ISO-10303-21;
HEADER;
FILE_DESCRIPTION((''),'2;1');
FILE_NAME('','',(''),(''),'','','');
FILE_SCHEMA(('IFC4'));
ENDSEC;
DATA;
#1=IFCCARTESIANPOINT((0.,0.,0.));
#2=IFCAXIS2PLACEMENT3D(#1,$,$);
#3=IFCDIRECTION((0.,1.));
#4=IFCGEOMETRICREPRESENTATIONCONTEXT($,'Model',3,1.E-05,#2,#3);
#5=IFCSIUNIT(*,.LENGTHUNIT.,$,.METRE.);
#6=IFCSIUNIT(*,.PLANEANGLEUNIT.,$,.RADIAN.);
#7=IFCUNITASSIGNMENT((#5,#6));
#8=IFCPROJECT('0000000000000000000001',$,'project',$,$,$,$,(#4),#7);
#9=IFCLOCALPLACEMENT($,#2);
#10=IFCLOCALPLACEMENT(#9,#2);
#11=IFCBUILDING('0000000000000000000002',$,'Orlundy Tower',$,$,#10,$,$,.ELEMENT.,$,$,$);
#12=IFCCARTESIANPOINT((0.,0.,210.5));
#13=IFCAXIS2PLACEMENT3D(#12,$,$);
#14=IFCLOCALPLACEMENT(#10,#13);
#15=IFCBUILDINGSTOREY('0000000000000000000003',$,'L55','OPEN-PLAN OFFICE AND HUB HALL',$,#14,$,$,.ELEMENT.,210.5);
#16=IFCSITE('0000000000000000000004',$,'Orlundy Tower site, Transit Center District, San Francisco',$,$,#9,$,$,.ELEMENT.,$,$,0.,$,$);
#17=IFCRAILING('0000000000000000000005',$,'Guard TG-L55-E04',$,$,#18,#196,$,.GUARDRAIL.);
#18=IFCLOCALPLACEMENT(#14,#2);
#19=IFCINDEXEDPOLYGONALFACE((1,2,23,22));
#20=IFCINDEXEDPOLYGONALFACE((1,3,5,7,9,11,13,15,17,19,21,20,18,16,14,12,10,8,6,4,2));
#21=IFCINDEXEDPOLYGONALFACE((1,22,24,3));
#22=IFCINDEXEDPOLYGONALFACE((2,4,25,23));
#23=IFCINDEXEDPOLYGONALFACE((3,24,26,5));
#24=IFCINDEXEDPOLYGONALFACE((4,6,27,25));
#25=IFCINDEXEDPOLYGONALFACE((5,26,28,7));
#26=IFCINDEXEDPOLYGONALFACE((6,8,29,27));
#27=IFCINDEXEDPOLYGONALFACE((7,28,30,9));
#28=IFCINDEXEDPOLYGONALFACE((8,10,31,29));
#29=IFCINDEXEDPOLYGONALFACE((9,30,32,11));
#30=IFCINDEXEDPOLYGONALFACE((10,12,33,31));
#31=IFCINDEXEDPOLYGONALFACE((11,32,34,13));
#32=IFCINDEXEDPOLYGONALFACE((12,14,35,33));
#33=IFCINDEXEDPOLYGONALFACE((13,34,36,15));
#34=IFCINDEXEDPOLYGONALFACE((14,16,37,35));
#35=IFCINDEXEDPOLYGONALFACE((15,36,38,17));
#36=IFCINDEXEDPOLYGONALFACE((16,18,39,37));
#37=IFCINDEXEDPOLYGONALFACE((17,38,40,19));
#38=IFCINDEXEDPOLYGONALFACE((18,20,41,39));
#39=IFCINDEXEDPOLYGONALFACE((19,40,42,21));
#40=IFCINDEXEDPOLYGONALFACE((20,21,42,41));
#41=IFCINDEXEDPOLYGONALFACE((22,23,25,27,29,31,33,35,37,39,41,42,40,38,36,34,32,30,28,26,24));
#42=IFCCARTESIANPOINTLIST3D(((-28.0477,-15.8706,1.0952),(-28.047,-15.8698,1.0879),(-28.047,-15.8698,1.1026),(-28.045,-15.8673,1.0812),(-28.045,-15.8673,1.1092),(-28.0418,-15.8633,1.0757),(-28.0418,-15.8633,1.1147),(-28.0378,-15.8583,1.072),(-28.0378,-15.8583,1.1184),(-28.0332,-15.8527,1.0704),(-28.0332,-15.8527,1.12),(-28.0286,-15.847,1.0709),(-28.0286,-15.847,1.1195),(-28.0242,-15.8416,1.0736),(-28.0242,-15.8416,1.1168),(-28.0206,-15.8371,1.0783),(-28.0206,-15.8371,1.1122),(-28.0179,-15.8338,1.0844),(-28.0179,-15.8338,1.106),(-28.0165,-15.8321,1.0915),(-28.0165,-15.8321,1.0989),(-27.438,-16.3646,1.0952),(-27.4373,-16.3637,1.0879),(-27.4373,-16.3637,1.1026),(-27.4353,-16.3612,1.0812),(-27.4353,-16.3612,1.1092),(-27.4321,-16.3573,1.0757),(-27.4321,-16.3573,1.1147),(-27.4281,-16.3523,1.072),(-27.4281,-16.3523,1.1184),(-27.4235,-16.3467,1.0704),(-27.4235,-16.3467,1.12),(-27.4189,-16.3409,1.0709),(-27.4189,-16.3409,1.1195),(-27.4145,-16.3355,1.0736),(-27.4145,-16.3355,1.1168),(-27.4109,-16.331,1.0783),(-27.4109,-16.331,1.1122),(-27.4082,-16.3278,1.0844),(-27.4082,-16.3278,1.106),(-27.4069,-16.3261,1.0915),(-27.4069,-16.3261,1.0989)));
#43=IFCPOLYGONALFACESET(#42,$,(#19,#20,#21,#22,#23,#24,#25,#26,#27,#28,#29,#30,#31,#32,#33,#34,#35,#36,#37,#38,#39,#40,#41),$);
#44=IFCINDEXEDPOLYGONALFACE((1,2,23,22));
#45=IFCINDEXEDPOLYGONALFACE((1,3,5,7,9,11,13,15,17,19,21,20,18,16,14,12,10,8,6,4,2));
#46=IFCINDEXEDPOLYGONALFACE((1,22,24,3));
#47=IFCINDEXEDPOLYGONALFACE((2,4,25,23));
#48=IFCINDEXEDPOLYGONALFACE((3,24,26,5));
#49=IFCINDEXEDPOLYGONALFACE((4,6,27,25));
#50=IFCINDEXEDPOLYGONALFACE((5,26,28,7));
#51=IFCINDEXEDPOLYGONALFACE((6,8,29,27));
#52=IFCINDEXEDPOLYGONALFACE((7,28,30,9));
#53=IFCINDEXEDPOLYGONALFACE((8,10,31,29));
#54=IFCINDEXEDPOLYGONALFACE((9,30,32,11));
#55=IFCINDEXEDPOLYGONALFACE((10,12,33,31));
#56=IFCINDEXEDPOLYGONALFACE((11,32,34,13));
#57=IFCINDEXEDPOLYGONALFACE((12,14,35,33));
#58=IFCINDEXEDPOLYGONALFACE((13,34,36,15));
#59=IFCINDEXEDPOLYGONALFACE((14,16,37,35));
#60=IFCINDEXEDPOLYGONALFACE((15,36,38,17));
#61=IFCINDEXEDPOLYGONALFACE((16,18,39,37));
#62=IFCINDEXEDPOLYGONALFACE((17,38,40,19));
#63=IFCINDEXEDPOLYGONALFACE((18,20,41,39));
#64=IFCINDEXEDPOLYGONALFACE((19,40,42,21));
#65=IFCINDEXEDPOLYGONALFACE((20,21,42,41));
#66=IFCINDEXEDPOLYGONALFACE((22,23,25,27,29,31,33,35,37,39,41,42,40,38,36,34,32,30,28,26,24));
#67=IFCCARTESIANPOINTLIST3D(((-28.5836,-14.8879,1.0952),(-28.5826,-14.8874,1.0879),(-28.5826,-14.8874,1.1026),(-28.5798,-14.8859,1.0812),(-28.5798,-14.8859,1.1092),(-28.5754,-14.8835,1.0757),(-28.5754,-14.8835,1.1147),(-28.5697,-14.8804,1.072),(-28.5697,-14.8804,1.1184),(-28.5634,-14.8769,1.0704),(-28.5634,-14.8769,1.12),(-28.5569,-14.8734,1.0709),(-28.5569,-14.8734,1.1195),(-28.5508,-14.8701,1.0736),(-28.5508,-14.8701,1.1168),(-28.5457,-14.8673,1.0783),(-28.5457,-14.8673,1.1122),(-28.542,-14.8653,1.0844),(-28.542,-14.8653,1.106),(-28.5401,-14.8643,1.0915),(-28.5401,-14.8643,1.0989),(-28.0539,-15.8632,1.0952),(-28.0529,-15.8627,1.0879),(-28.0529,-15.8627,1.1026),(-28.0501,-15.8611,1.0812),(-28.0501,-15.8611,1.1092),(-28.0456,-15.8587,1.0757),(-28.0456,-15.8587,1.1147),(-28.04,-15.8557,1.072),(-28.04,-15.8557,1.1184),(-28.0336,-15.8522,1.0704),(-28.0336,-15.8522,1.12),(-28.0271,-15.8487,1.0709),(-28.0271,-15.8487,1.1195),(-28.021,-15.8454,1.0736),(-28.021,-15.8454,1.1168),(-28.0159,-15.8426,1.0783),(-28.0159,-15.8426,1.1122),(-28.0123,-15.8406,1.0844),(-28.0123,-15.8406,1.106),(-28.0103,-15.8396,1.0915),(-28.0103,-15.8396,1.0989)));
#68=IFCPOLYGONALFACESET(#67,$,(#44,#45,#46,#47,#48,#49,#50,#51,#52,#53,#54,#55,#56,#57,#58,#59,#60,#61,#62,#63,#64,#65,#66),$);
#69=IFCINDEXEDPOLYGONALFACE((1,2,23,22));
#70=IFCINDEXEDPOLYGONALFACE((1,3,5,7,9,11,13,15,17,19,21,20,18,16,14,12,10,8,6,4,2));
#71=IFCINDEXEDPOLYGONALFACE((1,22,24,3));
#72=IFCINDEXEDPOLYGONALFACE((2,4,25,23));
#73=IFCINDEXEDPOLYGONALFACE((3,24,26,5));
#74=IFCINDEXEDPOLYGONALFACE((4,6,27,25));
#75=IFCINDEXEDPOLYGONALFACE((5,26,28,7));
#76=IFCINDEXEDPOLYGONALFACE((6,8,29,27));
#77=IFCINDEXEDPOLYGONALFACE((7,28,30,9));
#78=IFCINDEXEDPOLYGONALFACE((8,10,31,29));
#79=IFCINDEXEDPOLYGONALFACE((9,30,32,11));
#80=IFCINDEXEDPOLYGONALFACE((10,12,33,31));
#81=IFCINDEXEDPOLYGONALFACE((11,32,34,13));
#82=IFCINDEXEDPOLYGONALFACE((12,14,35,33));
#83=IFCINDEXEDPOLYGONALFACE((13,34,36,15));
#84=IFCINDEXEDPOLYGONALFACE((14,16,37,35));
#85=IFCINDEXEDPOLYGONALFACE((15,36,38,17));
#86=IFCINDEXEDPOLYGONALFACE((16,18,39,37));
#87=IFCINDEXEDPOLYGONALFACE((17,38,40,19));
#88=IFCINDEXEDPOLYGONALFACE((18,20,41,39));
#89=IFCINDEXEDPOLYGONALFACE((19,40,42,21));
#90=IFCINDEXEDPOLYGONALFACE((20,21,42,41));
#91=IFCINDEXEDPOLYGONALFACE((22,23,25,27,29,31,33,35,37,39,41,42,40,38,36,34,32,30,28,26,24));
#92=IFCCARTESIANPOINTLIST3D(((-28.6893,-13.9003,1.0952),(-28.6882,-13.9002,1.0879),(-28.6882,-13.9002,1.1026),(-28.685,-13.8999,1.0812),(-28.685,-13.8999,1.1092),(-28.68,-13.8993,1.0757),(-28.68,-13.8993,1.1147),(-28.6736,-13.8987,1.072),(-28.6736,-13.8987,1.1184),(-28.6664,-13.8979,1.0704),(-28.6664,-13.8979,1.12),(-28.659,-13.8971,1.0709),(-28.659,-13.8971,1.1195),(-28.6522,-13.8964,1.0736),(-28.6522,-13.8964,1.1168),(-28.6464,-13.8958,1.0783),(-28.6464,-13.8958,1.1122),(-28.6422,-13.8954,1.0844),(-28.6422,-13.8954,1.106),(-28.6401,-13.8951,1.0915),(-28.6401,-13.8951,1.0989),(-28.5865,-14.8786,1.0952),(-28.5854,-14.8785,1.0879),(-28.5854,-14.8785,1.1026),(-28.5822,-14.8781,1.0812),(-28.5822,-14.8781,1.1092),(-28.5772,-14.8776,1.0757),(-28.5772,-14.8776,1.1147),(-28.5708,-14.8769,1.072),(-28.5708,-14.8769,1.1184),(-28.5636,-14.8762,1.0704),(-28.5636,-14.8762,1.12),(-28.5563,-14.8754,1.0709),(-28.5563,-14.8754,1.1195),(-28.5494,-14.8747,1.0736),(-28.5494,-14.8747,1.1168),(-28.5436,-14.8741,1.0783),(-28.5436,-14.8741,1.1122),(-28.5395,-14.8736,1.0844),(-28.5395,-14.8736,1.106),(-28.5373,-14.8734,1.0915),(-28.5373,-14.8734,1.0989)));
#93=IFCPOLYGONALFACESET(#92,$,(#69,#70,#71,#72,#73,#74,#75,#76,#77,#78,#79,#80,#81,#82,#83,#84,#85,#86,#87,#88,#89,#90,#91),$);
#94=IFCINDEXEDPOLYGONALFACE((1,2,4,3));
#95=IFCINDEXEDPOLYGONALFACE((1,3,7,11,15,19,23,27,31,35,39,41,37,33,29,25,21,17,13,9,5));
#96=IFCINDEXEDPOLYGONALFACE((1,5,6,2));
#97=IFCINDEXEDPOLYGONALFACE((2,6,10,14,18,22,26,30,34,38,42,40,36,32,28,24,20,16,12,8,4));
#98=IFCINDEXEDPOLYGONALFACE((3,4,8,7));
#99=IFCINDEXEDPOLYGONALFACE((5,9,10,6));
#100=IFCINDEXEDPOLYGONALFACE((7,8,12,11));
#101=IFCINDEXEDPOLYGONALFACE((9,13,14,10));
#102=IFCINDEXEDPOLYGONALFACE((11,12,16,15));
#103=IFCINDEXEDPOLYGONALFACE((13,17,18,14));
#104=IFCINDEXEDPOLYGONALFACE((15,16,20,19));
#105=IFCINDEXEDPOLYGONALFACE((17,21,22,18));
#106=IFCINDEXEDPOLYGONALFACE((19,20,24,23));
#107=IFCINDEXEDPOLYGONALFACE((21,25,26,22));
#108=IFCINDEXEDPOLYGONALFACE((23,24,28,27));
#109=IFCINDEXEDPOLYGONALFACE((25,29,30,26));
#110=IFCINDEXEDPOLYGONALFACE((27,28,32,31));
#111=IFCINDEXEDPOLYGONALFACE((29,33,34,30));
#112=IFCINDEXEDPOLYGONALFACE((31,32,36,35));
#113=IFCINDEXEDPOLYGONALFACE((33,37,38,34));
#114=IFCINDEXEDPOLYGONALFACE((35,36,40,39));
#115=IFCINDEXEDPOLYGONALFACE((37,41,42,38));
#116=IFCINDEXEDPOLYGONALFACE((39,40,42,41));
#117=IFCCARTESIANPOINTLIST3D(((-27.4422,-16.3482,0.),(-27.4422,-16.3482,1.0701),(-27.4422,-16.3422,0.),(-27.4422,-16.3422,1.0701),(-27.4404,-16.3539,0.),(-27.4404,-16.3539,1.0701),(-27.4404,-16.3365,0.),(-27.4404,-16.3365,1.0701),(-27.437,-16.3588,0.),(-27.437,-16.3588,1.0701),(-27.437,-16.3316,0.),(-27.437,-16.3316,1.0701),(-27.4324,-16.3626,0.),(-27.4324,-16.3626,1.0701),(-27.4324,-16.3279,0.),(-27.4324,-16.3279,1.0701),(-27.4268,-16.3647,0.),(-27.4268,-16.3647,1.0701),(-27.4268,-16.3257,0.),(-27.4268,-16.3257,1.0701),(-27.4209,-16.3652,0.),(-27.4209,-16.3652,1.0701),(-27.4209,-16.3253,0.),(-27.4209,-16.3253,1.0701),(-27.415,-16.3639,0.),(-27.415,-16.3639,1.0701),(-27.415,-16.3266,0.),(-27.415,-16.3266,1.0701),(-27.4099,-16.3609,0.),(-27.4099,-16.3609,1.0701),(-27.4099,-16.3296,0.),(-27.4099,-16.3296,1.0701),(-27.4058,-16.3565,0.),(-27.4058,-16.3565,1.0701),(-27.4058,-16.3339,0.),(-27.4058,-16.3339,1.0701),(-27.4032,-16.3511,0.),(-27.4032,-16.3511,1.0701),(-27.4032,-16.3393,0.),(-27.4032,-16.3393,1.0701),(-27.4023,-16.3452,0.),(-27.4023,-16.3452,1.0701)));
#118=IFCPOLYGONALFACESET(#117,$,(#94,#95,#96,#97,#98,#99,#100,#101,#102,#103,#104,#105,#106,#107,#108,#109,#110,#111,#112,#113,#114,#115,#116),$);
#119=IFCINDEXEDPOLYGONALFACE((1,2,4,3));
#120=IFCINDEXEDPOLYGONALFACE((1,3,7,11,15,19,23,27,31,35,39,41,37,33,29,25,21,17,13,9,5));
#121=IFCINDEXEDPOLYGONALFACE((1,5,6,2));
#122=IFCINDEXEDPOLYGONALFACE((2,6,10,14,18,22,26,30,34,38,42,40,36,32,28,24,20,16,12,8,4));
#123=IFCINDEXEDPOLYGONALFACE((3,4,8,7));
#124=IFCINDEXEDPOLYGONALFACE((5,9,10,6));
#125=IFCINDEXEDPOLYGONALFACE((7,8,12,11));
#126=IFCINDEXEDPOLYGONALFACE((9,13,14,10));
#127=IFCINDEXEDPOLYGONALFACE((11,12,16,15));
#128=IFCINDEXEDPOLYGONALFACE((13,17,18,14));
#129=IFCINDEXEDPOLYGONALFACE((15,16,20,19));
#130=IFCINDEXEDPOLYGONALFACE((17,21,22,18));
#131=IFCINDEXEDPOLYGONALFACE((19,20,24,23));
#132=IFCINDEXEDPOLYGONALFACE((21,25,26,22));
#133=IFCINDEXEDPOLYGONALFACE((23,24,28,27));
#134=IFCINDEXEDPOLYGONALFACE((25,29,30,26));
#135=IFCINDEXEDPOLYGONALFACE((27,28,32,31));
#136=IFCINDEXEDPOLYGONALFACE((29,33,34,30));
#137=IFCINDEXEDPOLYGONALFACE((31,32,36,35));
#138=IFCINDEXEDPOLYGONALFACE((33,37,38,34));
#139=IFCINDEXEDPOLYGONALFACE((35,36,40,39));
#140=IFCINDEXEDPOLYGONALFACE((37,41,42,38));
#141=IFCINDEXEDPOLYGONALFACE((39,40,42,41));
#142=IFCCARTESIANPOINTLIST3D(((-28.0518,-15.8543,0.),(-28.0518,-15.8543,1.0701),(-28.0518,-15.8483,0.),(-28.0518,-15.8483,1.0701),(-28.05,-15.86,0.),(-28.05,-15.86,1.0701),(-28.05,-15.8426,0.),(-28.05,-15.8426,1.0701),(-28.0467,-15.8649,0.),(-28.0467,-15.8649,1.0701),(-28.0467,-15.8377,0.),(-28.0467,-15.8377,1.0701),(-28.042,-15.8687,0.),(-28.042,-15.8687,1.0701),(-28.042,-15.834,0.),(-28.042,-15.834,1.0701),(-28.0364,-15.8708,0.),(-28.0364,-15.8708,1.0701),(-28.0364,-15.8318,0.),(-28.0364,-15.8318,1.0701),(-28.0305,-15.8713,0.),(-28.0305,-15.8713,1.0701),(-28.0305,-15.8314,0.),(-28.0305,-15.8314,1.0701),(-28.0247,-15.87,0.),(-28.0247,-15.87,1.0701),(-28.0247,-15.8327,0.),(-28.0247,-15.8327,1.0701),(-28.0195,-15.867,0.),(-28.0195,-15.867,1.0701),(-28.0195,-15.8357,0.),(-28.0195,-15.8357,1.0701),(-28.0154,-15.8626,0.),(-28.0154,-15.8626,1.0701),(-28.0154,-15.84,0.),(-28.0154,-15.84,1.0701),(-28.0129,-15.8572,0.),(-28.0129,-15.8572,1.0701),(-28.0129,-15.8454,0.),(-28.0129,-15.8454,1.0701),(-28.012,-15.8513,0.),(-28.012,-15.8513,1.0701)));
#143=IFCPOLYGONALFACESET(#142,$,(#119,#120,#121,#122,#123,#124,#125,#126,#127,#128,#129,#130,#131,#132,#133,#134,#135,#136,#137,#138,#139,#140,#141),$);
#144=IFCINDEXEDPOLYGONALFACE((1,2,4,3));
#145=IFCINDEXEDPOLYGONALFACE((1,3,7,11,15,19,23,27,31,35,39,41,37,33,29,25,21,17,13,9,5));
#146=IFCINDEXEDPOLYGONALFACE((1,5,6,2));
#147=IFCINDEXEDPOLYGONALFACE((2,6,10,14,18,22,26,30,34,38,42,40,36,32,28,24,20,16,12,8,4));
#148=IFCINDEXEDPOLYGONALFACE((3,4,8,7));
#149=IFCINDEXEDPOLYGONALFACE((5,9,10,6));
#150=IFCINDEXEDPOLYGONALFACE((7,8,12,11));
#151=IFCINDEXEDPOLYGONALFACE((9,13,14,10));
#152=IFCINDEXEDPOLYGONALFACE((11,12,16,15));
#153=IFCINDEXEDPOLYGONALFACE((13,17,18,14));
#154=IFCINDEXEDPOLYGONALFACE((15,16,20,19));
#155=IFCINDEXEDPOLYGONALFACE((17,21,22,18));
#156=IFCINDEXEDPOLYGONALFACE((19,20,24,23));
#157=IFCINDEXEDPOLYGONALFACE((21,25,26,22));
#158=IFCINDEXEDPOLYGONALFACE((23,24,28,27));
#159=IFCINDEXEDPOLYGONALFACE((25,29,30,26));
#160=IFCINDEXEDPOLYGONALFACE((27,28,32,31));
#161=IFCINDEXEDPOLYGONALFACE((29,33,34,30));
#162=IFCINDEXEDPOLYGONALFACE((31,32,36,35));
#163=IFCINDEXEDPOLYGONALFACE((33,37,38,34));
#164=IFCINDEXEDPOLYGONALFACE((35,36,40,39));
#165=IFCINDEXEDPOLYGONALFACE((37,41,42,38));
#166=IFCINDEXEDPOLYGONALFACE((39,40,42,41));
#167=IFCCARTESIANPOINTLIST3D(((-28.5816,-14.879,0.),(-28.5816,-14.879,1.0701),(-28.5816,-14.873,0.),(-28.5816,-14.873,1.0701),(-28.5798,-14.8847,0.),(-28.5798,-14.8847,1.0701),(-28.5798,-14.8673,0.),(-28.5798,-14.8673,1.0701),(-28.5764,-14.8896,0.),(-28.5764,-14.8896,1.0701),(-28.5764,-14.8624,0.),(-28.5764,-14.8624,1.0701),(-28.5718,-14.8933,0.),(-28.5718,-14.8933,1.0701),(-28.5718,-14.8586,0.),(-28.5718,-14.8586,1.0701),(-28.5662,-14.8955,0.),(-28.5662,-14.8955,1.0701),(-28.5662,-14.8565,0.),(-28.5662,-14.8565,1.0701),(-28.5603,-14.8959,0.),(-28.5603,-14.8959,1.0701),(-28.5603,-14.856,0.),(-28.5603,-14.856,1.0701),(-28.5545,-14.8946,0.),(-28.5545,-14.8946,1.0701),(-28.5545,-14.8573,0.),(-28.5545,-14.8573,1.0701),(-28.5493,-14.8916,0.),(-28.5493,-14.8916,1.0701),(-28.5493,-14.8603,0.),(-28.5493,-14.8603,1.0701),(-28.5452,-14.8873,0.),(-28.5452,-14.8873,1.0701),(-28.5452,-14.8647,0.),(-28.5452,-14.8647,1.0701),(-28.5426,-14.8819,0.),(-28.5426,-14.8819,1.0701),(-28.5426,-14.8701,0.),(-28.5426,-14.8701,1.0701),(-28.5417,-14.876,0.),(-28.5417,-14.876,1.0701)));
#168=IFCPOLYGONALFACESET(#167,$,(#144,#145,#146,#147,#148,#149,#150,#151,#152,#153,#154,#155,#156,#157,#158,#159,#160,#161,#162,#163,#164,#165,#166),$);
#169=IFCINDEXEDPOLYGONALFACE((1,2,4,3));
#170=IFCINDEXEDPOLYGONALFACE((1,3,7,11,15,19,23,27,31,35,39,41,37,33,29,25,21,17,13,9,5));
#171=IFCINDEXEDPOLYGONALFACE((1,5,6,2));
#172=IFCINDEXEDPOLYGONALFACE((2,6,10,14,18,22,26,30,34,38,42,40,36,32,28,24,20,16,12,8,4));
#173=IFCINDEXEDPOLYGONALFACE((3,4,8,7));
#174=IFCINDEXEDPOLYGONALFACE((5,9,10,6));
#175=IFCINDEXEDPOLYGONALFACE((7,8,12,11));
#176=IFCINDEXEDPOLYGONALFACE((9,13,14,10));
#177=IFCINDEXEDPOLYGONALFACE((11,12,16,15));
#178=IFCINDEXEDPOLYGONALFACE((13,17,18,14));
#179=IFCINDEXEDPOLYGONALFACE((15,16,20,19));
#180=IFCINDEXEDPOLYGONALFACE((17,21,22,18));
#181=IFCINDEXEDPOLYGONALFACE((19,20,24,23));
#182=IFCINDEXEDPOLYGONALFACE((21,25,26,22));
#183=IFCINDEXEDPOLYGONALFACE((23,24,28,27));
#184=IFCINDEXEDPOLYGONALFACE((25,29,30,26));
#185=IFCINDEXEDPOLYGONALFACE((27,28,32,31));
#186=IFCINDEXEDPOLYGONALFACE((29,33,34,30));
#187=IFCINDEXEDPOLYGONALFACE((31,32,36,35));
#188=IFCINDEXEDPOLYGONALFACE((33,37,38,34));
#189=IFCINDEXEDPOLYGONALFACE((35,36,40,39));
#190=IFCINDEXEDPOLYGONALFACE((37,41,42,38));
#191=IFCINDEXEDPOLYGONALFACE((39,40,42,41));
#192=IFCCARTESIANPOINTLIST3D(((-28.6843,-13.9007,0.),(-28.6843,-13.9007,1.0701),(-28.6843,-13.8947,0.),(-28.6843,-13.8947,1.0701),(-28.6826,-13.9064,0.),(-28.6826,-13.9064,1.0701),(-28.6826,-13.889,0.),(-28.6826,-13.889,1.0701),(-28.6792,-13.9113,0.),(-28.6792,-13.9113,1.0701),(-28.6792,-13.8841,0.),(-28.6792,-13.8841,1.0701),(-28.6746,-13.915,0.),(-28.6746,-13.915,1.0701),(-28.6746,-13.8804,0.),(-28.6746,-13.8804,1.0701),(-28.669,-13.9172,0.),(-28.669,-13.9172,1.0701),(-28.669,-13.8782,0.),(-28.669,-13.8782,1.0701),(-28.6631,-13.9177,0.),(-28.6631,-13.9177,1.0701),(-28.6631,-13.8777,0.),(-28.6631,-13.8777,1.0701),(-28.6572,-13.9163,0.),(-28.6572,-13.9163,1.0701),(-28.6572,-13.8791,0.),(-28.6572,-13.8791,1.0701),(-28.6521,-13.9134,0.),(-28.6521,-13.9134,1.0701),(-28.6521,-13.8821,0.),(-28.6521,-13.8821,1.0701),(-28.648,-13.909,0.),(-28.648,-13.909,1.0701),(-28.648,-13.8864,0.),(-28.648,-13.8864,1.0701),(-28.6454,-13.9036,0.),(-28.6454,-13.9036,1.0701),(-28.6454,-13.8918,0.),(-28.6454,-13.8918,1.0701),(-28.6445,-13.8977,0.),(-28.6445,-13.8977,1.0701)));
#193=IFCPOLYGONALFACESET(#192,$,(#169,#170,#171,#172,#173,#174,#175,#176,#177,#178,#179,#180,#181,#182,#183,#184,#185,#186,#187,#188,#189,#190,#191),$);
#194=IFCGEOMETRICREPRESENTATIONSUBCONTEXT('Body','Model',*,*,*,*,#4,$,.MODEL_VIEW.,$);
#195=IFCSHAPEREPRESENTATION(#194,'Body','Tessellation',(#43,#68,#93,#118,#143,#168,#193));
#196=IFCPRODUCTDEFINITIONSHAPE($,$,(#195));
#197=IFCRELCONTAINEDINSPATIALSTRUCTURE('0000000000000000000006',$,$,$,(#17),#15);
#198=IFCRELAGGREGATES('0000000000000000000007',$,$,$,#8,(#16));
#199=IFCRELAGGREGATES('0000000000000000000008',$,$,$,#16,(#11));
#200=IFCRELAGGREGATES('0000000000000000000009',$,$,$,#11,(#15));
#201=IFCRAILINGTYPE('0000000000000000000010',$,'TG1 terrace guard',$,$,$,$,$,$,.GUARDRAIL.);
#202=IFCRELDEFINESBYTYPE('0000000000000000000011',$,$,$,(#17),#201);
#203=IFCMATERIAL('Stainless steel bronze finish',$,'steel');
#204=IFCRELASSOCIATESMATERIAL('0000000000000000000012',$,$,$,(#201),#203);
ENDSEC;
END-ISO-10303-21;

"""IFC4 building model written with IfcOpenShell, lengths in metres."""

from ifc_helpers import new_model, si_unit, direction, frame, origin, origin_2d, place, context, subcontext, project, spatial, circle, extrude, material, type_object, element, save


model = new_model("IFC4")

# Units and contexts
model_context = context("Model", 3, precision=1e-05, world=origin(), true_north=direction((0.0, 1.0)))
body_context = subcontext(model_context, "Body", "Model", "MODEL_VIEW")
ifc_project = project(units=[si_unit("LENGTHUNIT", "METRE"), si_unit("PLANEANGLEUNIT", "RADIAN")], contexts=[model_context])

# Site, building, storey
site_placement = place(None, origin())
site = spatial("IfcSite", under=ifc_project, at=site_placement, Name="Orlundy Tower site, Transit Center District, San Francisco", CompositionType="ELEMENT", RefElevation=0.0)
building_placement = place(site_placement, origin())
building = spatial("IfcBuilding", under=site, at=building_placement, Name="Orlundy Tower", CompositionType="ELEMENT")
storey_placement = place(building_placement, frame((0.0, 0.0, 210.5)))
storey = spatial("IfcBuildingStorey", under=building, at=storey_placement, Name="L55", Description="OPEN-PLAN OFFICE AND HUB HALL", CompositionType="ELEMENT", Elevation=210.5)

# Railing
ifc_material_1 = material(Name="Stainless steel bronze finish", Category="steel")
railing_type = type_object("IfcRailingType", Name="TG1 terrace guard", PredefinedType="GUARDRAIL", material=ifc_material_1)
railing_1_placement = place(storey_placement, frame((-27.4224, -16.3452, 0.0)))
element("IfcRailing", 1, at=railing_1_placement, inside=storey, type_object=railing_type, Name="Guard TG-L55-E04", PredefinedType="GUARDRAIL", context=body_context, shape_type="SweptSolid", body=[
    extrude(circle(Radius=0.0249, at=origin_2d()), frame((0.0, 0.0, 1.0952), z_axis=(-0.776998, 0.629503, 0.0), x_axis=(-0.629503, -0.776998, 0.0)), (0.0, 0.0, 1.0), 0.7847),
    extrude(circle(Radius=0.0249, at=origin_2d()), frame((-0.6096, 0.4939, 1.0952), z_axis=(-0.47731, 0.878735, 0.0), x_axis=(-0.878735, -0.47731, 0.0)), (0.0, 0.0, 1.0), 1.1099),
    extrude(circle(Radius=0.0249, at=origin_2d()), frame((-1.1394, 1.4692, 1.0952), z_axis=(-0.104491, 0.994526, 0.0), x_axis=(-0.994526, -0.104491, 0.0)), (0.0, 0.0, 1.0), 0.9836),
    extrude(circle(Radius=0.02, at=origin_2d()), origin(), (0.0, 0.0, 1.0), 1.0701),
    extrude(circle(Radius=0.02, at=origin_2d()), frame((-0.6096, 0.4939, 0.0)), (0.0, 0.0, 1.0), 1.0701),
    extrude(circle(Radius=0.02, at=origin_2d()), frame((-1.1394, 1.4692, 0.0)), (0.0, 0.0, 1.0), 1.0701),
    extrude(circle(Radius=0.02, at=origin_2d()), frame((-1.2422, 2.4475, 0.0)), (0.0, 0.0, 1.0), 1.0701),
])

save(model, "model.ifc")
